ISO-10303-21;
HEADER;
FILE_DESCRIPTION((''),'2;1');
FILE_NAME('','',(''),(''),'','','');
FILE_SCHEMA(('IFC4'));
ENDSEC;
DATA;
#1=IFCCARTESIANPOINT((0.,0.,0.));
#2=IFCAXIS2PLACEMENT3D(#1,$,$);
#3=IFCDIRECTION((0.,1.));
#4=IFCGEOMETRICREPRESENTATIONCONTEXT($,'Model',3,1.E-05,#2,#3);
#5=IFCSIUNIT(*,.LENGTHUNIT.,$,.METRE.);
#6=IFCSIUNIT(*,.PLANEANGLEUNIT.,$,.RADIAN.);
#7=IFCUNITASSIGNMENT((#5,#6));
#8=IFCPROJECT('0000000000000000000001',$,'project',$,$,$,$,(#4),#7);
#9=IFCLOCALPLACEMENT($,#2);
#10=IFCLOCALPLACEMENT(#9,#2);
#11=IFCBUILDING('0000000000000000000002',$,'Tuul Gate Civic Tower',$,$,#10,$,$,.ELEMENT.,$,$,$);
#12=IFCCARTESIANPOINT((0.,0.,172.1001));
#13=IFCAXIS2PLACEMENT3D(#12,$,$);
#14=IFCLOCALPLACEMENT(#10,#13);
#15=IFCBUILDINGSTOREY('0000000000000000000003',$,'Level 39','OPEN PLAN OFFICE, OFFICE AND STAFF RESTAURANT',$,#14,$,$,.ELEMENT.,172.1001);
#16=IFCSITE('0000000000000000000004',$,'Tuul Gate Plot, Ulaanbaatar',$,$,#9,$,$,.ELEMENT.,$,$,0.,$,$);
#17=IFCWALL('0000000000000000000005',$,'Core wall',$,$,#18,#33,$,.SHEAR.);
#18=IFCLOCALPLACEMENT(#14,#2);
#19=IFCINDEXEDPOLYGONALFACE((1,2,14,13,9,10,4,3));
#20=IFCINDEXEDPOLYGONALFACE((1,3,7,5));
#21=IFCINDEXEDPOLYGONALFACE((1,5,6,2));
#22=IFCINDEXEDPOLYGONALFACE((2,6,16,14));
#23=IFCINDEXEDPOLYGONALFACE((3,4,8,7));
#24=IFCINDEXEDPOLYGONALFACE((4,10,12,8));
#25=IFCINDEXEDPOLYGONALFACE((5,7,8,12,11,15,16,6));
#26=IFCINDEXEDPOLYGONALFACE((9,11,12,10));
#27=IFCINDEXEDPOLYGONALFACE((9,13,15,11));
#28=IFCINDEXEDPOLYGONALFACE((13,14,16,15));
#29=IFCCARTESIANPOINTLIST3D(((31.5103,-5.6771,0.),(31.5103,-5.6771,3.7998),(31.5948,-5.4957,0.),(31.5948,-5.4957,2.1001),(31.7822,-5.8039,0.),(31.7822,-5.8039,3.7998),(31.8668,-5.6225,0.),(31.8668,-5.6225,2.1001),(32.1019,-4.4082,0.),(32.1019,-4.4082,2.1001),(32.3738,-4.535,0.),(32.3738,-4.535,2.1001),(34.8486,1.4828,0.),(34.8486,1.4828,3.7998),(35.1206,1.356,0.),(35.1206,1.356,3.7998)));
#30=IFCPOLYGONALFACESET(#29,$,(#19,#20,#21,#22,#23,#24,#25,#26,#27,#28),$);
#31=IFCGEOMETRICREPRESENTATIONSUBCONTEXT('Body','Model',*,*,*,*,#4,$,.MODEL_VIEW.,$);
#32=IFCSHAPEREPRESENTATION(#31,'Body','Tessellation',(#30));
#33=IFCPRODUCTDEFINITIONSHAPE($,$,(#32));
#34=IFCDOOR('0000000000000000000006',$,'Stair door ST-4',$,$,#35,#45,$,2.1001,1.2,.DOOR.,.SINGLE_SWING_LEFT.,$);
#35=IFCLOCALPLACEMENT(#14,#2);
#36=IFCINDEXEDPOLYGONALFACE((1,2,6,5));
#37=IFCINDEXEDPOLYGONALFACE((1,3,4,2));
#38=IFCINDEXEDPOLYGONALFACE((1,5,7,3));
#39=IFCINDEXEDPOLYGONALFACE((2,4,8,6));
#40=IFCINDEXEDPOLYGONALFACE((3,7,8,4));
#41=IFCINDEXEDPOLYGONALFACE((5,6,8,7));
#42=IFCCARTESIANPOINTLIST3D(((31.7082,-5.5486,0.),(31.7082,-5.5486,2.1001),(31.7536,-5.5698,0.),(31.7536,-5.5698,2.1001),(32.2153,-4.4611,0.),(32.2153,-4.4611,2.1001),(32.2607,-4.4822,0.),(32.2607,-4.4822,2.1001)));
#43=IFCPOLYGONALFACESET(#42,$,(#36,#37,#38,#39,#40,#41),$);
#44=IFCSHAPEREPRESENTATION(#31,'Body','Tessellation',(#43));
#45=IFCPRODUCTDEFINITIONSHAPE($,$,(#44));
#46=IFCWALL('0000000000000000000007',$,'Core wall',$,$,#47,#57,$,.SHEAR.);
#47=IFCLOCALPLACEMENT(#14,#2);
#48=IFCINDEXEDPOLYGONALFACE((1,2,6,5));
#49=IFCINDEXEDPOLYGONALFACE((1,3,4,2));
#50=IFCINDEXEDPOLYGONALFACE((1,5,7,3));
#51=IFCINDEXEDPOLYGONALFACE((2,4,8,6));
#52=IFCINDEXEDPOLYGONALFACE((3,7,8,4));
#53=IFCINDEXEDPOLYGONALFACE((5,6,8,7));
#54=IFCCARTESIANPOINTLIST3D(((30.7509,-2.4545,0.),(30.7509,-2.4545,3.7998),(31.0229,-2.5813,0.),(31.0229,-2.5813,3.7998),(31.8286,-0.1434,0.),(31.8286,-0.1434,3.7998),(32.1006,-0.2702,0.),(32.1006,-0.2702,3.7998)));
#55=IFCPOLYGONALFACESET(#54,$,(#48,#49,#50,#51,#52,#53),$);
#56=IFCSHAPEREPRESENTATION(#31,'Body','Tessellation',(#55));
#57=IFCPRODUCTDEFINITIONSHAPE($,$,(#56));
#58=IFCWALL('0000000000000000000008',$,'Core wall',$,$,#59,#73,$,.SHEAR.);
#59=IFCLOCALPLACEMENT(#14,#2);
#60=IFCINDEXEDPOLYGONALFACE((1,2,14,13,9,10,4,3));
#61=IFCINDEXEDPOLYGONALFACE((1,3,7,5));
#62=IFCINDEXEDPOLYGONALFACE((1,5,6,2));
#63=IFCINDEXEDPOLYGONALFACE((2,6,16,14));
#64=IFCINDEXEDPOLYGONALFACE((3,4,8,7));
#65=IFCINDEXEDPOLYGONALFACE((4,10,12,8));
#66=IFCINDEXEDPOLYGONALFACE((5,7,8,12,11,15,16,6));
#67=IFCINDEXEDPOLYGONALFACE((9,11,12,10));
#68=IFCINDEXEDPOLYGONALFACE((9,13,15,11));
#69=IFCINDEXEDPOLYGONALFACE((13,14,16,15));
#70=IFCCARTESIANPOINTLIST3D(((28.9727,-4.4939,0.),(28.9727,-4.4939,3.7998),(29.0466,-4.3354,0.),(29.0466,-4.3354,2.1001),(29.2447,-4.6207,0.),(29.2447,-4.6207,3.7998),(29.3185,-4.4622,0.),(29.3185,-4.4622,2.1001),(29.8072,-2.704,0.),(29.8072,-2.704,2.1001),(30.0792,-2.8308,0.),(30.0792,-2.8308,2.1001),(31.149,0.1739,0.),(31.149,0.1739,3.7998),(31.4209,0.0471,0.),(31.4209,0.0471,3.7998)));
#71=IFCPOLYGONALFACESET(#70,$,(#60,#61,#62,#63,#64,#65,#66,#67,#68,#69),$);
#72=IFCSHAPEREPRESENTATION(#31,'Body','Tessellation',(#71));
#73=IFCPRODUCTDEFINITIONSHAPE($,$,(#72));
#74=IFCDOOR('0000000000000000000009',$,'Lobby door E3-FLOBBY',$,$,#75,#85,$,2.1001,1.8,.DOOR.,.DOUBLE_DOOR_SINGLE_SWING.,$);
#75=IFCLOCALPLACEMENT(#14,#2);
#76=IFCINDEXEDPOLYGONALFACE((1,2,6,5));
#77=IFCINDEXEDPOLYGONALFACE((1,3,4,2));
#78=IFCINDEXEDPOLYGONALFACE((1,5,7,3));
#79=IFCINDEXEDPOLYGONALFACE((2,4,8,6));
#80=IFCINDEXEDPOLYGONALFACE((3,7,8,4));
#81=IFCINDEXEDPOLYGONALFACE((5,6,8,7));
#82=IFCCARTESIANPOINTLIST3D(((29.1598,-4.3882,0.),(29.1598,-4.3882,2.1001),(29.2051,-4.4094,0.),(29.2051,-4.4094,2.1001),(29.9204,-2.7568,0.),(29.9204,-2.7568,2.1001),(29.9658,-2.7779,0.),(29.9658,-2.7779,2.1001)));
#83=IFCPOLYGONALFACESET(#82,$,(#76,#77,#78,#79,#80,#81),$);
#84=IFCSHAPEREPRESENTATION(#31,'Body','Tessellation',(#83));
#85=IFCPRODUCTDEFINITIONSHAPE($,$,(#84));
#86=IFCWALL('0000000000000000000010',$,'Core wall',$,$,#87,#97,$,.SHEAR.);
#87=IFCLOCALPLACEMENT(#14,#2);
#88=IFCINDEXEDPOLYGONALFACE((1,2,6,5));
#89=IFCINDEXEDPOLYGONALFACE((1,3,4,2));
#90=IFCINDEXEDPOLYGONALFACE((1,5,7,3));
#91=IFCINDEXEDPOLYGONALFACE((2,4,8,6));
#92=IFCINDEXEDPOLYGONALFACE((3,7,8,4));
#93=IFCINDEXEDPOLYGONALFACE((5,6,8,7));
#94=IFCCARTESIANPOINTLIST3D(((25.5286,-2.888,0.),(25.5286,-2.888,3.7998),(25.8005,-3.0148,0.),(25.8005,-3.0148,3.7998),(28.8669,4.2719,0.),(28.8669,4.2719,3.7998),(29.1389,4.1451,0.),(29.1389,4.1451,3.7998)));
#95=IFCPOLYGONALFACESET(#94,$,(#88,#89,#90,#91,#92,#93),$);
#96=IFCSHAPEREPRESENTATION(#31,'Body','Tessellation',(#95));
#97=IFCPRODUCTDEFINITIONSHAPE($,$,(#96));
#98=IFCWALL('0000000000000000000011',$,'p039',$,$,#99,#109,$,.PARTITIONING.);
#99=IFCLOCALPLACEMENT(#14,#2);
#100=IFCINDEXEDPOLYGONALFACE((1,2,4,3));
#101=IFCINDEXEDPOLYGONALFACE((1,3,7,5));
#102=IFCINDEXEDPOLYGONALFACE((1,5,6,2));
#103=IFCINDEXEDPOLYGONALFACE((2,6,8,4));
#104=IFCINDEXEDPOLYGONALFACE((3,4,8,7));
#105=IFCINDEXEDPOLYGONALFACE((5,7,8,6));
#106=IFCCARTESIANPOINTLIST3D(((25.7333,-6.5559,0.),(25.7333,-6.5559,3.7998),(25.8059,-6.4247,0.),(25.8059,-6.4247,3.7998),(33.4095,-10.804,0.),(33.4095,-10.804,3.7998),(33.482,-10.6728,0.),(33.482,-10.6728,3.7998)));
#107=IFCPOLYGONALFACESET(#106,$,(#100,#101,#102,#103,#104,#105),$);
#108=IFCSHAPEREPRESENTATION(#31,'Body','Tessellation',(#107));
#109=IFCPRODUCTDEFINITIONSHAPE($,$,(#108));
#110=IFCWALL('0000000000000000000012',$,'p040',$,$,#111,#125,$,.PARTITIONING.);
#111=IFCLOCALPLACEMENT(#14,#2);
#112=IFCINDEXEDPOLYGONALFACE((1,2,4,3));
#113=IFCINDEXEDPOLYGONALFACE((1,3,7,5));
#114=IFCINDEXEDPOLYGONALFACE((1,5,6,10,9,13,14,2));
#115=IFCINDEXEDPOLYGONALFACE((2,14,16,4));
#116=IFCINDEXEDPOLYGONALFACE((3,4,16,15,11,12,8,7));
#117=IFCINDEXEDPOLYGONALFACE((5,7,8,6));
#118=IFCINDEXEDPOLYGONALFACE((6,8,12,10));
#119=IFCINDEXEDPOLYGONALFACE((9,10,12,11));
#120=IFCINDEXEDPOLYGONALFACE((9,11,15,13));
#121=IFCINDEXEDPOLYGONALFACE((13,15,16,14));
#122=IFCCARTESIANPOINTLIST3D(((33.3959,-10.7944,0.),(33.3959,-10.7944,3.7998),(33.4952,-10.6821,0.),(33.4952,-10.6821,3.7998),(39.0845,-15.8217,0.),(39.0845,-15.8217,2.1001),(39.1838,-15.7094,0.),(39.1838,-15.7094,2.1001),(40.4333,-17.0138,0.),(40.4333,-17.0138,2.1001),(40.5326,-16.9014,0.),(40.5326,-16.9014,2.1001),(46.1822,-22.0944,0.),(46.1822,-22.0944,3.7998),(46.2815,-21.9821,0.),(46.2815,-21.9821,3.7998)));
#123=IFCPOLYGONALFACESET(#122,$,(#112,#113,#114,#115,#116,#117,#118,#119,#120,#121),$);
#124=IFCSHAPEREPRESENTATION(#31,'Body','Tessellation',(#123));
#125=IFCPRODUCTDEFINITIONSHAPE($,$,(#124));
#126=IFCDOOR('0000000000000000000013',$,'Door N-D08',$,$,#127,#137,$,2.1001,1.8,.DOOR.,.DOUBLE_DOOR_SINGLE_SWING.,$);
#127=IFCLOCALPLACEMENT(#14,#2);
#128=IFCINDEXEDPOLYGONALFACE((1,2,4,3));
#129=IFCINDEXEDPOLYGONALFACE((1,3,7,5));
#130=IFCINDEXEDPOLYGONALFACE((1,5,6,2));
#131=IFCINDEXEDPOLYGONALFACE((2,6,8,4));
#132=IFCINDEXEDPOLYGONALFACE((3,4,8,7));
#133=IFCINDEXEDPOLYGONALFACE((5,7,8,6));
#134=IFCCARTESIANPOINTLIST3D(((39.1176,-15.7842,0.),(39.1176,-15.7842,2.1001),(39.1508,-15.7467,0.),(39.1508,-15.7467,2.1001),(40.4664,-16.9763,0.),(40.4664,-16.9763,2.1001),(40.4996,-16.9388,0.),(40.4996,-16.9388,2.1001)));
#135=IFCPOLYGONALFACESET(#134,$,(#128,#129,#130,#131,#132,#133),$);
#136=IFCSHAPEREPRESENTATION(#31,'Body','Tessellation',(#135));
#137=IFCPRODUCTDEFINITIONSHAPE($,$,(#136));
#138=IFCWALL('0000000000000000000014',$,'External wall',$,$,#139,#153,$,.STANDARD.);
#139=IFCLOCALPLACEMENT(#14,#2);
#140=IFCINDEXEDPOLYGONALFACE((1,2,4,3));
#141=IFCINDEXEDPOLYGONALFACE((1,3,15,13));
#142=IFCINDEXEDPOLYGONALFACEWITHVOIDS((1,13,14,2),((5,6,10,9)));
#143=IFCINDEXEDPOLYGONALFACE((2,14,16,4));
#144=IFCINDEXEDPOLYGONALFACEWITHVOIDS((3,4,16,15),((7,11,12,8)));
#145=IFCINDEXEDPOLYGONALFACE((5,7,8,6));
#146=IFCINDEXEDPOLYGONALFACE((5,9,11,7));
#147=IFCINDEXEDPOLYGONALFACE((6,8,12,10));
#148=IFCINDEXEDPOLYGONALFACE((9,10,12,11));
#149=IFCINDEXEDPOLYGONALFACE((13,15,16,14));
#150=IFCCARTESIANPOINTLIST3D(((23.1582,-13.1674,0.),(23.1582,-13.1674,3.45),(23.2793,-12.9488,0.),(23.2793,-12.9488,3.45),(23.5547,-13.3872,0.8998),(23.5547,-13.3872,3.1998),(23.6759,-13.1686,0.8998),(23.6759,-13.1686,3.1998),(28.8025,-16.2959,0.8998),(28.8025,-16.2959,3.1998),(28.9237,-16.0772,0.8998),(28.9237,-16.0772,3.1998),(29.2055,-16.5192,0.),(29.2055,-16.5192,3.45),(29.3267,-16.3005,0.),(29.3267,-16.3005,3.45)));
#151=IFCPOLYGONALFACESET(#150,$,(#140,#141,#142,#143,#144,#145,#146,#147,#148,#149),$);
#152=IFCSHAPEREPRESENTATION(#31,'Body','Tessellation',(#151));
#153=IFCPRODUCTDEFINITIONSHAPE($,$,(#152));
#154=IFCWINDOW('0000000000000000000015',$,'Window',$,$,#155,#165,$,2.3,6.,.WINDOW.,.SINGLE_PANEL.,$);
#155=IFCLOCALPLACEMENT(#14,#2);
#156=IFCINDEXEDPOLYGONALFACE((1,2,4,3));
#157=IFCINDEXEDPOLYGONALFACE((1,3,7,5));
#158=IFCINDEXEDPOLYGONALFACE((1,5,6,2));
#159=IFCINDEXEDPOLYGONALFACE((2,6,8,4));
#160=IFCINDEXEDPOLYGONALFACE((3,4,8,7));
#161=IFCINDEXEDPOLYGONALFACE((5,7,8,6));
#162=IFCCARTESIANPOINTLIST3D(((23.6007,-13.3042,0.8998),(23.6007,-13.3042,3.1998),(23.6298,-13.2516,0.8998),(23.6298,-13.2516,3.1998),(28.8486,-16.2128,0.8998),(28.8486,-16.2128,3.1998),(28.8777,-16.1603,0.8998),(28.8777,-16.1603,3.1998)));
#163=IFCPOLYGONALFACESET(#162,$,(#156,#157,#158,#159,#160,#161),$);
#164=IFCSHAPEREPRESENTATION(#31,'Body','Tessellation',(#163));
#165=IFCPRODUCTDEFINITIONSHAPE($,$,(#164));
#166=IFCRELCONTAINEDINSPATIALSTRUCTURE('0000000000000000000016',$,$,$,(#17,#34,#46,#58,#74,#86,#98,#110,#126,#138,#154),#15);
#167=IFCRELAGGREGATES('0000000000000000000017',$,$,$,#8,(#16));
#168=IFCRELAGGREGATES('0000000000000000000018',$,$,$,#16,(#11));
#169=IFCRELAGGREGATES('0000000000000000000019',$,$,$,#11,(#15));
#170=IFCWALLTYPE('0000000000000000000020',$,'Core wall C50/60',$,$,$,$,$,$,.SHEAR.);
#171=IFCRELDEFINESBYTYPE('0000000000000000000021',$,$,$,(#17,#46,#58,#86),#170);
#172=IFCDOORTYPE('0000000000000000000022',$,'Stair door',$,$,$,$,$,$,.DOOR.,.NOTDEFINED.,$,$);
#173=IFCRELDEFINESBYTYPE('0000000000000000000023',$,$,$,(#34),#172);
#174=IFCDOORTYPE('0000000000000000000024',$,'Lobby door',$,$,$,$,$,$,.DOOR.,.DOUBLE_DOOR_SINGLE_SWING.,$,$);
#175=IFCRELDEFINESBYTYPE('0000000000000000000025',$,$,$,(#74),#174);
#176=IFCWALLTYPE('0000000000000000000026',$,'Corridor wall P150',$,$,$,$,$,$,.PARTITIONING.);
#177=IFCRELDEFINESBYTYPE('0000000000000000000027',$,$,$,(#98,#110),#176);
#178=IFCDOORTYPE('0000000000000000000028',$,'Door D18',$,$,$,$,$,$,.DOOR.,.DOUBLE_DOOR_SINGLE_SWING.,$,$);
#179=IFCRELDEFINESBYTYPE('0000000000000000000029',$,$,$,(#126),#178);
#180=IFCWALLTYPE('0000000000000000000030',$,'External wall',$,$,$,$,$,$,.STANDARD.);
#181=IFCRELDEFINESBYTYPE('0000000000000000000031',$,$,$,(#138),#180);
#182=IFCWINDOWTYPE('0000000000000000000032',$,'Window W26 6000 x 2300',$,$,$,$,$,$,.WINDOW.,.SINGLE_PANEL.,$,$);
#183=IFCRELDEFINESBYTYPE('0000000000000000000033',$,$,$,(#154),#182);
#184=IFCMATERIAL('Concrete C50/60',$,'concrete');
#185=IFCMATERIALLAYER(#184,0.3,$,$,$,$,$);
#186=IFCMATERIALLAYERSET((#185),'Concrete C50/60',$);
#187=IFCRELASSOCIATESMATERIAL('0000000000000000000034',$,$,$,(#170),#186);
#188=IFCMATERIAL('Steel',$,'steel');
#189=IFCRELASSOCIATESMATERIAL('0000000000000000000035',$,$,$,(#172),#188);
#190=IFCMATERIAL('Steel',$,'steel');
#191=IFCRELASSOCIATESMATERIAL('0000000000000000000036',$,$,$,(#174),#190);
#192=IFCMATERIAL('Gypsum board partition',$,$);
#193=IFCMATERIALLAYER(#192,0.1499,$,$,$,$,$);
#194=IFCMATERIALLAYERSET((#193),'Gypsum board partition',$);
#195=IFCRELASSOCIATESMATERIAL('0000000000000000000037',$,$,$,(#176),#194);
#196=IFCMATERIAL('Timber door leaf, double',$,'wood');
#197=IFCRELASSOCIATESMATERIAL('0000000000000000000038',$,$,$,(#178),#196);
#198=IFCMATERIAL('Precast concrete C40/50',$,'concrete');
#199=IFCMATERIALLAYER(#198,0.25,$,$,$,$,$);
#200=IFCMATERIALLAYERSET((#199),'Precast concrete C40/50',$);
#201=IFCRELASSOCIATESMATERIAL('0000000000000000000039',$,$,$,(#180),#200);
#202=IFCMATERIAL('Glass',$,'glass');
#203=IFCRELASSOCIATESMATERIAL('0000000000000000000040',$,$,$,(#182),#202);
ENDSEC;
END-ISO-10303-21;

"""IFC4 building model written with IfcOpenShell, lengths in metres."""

from ifc_helpers import new_model, si_unit, direction, frame, frame_2d, origin, place, context, subcontext, project, spatial, rectangle, extrude, material, layer, layer_set, type_object, element, fill, save


model = new_model("IFC4")

# Units and contexts
model_context = context("Model", 3, precision=1e-05, world=origin(), true_north=direction((0.0, 1.0)))
body_context = subcontext(model_context, "Body", "Model", "MODEL_VIEW")
ifc_project = project(units=[si_unit("LENGTHUNIT", "METRE"), si_unit("PLANEANGLEUNIT", "RADIAN")], contexts=[model_context])

# Site, building, storey
site_placement = place(None, origin())
site = spatial("IfcSite", under=ifc_project, at=site_placement, Name="Tuul Gate Plot, Ulaanbaatar", CompositionType="ELEMENT", RefElevation=0.0)
building_placement = place(site_placement, origin())
building = spatial("IfcBuilding", under=site, at=building_placement, Name="Tuul Gate Civic Tower", CompositionType="ELEMENT")
storey_placement = place(building_placement, frame((0.0, 0.0, 172.1001)))
storey = spatial("IfcBuildingStorey", under=building, at=storey_placement, Name="Level 39", Description="OPEN PLAN OFFICE, OFFICE AND STAFF RESTAURANT", CompositionType="ELEMENT", Elevation=172.1001)

# Shared definitions
ifc_material_1 = material(Name="Concrete C50/60", Category="concrete")
ifc_layer_1 = layer(ifc_material_1, 0.3)
ifc_layer_set_1 = layer_set([ifc_layer_1], Name="Concrete C50/60")
wall_type_1 = type_object("IfcWallType", Name="Core wall C50/60", PredefinedType="SHEAR", material=ifc_layer_set_1)

# Wall, opening, door
wall_1_placement = place(storey_placement, frame((31.6462, -5.7405, 0.0), z_axis=(0.0, 0.0, 1.0), x_axis=(0.422583, 0.906324, 0.0)))
wall_1 = element("IfcWall", 1, at=wall_1_placement, inside=storey, type_object=wall_type_1, Name="Core wall", PredefinedType="SHEAR", context=body_context, shape_type="SweptSolid", body=[
    extrude(rectangle(XDim=7.8999, YDim=0.3, at=frame_2d((3.95, 0.0))), origin(), (0.0, 0.0, 1.0), 3.7998),
])
opening_1_placement = place(wall_1_placement, frame((0.2, 0.0, 0.0)))
opening_1 = element("IfcOpeningElement", 2, at=opening_1_placement, cuts=wall_1, PredefinedType="OPENING", context=body_context, shape_type="SweptSolid", body=[
    extrude(rectangle(XDim=1.2, YDim=2.1001, at=frame_2d((0.6001, 1.05))), frame((0.0, 0.1602, 0.0), z_axis=(0.0, -1.0, 0.0), x_axis=(1.0, 0.0, 0.0)), (0.0, 0.0, 1.0), 0.3201),
])
ifc_material_2 = material(Name="Steel", Category="steel")
door_type_1 = type_object("IfcDoorType", Name="Stair door", OperationType="NOTDEFINED", PredefinedType="DOOR", material=ifc_material_2)
door_1_placement = place(opening_1_placement, origin())
door_1 = element("IfcDoor", 3, at=door_1_placement, inside=storey, type_object=door_type_1, Name="Stair door ST-4", OperationType="SINGLE_SWING_LEFT", OverallHeight=2.1001, OverallWidth=1.2, PredefinedType="DOOR", context=body_context, shape_type="SweptSolid", body=[
    extrude(rectangle(XDim=1.2, YDim=2.1001, at=frame_2d((0.6001, 1.05))), frame((0.0, 0.0249, 0.0), z_axis=(0.0, -1.0, 0.0), x_axis=(1.0, 0.0, 0.0)), (0.0, 0.0, 1.0), 0.05),
])
fill(opening_1, door_1)

# Wall
wall_2_placement = place(storey_placement, frame((30.887, -2.5178, 0.0), z_axis=(0.0, 0.0, 1.0), x_axis=(0.422613, 0.90631, 0.0)))
element("IfcWall", 4, at=wall_2_placement, inside=storey, type_object=wall_type_1, Name="Core wall", PredefinedType="SHEAR", context=body_context, shape_type="SweptSolid", body=[
    extrude(rectangle(XDim=2.55, YDim=0.3, at=frame_2d((1.2749, 0.0))), origin(), (0.0, 0.0, 1.0), 3.7998),
])

# Wall, opening, door
wall_3_placement = place(storey_placement, frame((29.1086, -4.5574, 0.0), z_axis=(0.0, 0.0, 1.0), x_axis=(0.422566, 0.906332, 0.0)))
wall_3 = element("IfcWall", 5, at=wall_3_placement, inside=storey, type_object=wall_type_1, Name="Core wall", PredefinedType="SHEAR", context=body_context, shape_type="SweptSolid", body=[
    extrude(rectangle(XDim=5.1501, YDim=0.3, at=frame_2d((2.5752, 0.0))), origin(), (0.0, 0.0, 1.0), 3.7998),
])
opening_2_placement = place(wall_3_placement, frame((0.175, 0.0, 0.0)))
opening_2 = element("IfcOpeningElement", 6, at=opening_2_placement, cuts=wall_3, PredefinedType="OPENING", context=body_context, shape_type="SweptSolid", body=[
    extrude(rectangle(XDim=1.8, YDim=2.1001, at=frame_2d((0.8999, 1.05))), frame((0.0, 0.1602, 0.0), z_axis=(0.0, -1.0, 0.0), x_axis=(1.0, 0.0, 0.0)), (0.0, 0.0, 1.0), 0.3201),
])
ifc_material_3 = material(Name="Steel", Category="steel")
door_type_2 = type_object("IfcDoorType", Name="Lobby door", OperationType="DOUBLE_DOOR_SINGLE_SWING", PredefinedType="DOOR", material=ifc_material_3)
door_2_placement = place(opening_2_placement, frame((1.8, 0.0, 0.0), z_axis=(0.0, 0.0, 1.0), x_axis=(-1.0, 0.0, 0.0)))
door_2 = element("IfcDoor", 7, at=door_2_placement, inside=storey, type_object=door_type_2, Name="Lobby door E3-FLOBBY", OperationType="DOUBLE_DOOR_SINGLE_SWING", OverallHeight=2.1001, OverallWidth=1.8, PredefinedType="DOOR", context=body_context, shape_type="SweptSolid", body=[
    extrude(rectangle(XDim=1.8, YDim=2.1001, at=frame_2d((0.9001, 1.05))), frame((0.0, 0.0249, 0.0), z_axis=(0.0, -1.0, 0.0), x_axis=(1.0, 0.0, 0.0)), (0.0, 0.0, 1.0), 0.05),
])
fill(opening_2, door_2)

# Walls
wall_4_placement = place(storey_placement, frame((25.6646, -2.9514, 0.0), z_axis=(0.0, 0.0, 1.0), x_axis=(0.422583, 0.906324, 0.0)))
element("IfcWall", 8, at=wall_4_placement, inside=storey, type_object=wall_type_1, Name="Core wall", PredefinedType="SHEAR", context=body_context, shape_type="SweptSolid", body=[
    extrude(rectangle(XDim=7.8999, YDim=0.3, at=frame_2d((3.95, 0.0))), origin(), (0.0, 0.0, 1.0), 3.7998),
])
ifc_material_4 = material(Name="Gypsum board partition")
ifc_layer_2 = layer(ifc_material_4, 0.1499)
ifc_layer_set_2 = layer_set([ifc_layer_2], Name="Gypsum board partition")
wall_type_2 = type_object("IfcWallType", Name="Corridor wall P150", PredefinedType="PARTITIONING", material=ifc_layer_set_2)
wall_5_placement = place(storey_placement, frame((25.7695, -6.4902, 0.0), z_axis=(0.0, 0.0, 1.0), x_axis=(0.87495, -0.484213, 0.0)))
element("IfcWall", 9, at=wall_5_placement, inside=storey, type_object=wall_type_2, Name="p039", PredefinedType="PARTITIONING", context=body_context, shape_type="SweptSolid", body=[
    extrude(rectangle(XDim=8.7732, YDim=0.1499, at=frame_2d((4.3867, 0.0))), origin(), (0.0, 0.0, 1.0), 3.7998),
])

# Wall, opening, door
wall_6_placement = place(storey_placement, frame((33.4456, -10.7383, 0.0), z_axis=(0.0, 0.0, 1.0), x_axis=(0.749316, -0.662213, 0.0)))
wall_6 = element("IfcWall", 10, at=wall_6_placement, inside=storey, type_object=wall_type_2, Name="p040", PredefinedType="PARTITIONING", context=body_context, shape_type="SweptSolid", body=[
    extrude(rectangle(XDim=17.064, YDim=0.1499, at=frame_2d((8.532, 0.0))), origin(), (0.0, 0.0, 1.0), 3.7998),
])
opening_3_placement = place(wall_6_placement, frame((7.5918, 0.0, 0.0)))
opening_3 = element("IfcOpeningElement", 11, at=opening_3_placement, cuts=wall_6, PredefinedType="OPENING", context=body_context, shape_type="SweptSolid", body=[
    extrude(rectangle(XDim=1.8, YDim=2.1001, at=frame_2d((0.8999, 1.05))), frame((0.0, 0.085, 0.0), z_axis=(0.0, -1.0, 0.0), x_axis=(1.0, 0.0, 0.0)), (0.0, 0.0, 1.0), 0.1699),
])
ifc_material_5 = material(Name="Timber door leaf, double", Category="wood")
door_type_3 = type_object("IfcDoorType", Name="Door D18", OperationType="DOUBLE_DOOR_SINGLE_SWING", PredefinedType="DOOR", material=ifc_material_5)
door_3_placement = place(opening_3_placement, frame((1.8, 0.0, 0.0), z_axis=(0.0, 0.0, 1.0), x_axis=(-1.0, 0.0, 0.0)))
door_3 = element("IfcDoor", 12, at=door_3_placement, inside=storey, type_object=door_type_3, Name="Door N-D08", OperationType="DOUBLE_DOOR_SINGLE_SWING", OverallHeight=2.1001, OverallWidth=1.8, PredefinedType="DOOR", context=body_context, shape_type="SweptSolid", body=[
    extrude(rectangle(XDim=1.8, YDim=2.1001, at=frame_2d((0.9001, 1.05))), frame((0.0, 0.0249, 0.0), z_axis=(0.0, -1.0, 0.0), x_axis=(1.0, 0.0, 0.0)), (0.0, 0.0, 1.0), 0.05),
])
fill(opening_3, door_3)

# Wall, opening, window
ifc_material_6 = material(Name="Precast concrete C40/50", Category="concrete")
ifc_layer_3 = layer(ifc_material_6, 0.25)
ifc_layer_set_3 = layer_set([ifc_layer_3], Name="Precast concrete C40/50")
wall_type_3 = type_object("IfcWallType", Name="External wall", PredefinedType="STANDARD", material=ifc_layer_set_3)
wall_7_placement = place(storey_placement, frame((23.2188, -13.0581, 0.0), z_axis=(0.0, 0.0, 1.0), x_axis=(0.874638, -0.484776, 0.0)))
wall_7 = element("IfcWall", 13, at=wall_7_placement, inside=storey, type_object=wall_type_3, Name="External wall", PredefinedType="STANDARD", context=body_context, shape_type="SweptSolid", body=[
    extrude(rectangle(XDim=6.9141, YDim=0.25, at=frame_2d((3.457, 0.0))), origin(), (0.0, 0.0, 1.0), 3.45),
])
opening_4_placement = place(wall_7_placement, frame((0.4534, 0.0, 0.8999)))
opening_4 = element("IfcOpeningElement", 14, at=opening_4_placement, cuts=wall_7, PredefinedType="OPENING", context=body_context, shape_type="SweptSolid", body=[
    extrude(rectangle(XDim=6.0, YDim=2.3, at=frame_2d((3.0, 1.1499))), frame((0.0, 0.135, 0.0), z_axis=(0.0, -1.0, 0.0), x_axis=(1.0, 0.0, 0.0)), (0.0, 0.0, 1.0), 0.27),
])
ifc_material_7 = material(Name="Glass", Category="glass")
window_type = type_object("IfcWindowType", Name="Window W26 6000 x 2300", PartitioningType="SINGLE_PANEL", PredefinedType="WINDOW", material=ifc_material_7)
window_1_placement = place(opening_4_placement, origin())
window_1 = element("IfcWindow", 15, at=window_1_placement, inside=storey, type_object=window_type, Name="Window", OverallHeight=2.3, OverallWidth=6.0, PartitioningType="SINGLE_PANEL", PredefinedType="WINDOW", context=body_context, shape_type="SweptSolid", body=[
    extrude(rectangle(XDim=6.0, YDim=2.3, at=frame_2d((3.0, 1.1499))), frame((0.0, 0.03, 0.0), z_axis=(0.0, -1.0, 0.0), x_axis=(1.0, 0.0, 0.0)), (0.0, 0.0, 1.0), 0.0601),
])
fill(opening_4, window_1)

save(model, "model.ifc")
